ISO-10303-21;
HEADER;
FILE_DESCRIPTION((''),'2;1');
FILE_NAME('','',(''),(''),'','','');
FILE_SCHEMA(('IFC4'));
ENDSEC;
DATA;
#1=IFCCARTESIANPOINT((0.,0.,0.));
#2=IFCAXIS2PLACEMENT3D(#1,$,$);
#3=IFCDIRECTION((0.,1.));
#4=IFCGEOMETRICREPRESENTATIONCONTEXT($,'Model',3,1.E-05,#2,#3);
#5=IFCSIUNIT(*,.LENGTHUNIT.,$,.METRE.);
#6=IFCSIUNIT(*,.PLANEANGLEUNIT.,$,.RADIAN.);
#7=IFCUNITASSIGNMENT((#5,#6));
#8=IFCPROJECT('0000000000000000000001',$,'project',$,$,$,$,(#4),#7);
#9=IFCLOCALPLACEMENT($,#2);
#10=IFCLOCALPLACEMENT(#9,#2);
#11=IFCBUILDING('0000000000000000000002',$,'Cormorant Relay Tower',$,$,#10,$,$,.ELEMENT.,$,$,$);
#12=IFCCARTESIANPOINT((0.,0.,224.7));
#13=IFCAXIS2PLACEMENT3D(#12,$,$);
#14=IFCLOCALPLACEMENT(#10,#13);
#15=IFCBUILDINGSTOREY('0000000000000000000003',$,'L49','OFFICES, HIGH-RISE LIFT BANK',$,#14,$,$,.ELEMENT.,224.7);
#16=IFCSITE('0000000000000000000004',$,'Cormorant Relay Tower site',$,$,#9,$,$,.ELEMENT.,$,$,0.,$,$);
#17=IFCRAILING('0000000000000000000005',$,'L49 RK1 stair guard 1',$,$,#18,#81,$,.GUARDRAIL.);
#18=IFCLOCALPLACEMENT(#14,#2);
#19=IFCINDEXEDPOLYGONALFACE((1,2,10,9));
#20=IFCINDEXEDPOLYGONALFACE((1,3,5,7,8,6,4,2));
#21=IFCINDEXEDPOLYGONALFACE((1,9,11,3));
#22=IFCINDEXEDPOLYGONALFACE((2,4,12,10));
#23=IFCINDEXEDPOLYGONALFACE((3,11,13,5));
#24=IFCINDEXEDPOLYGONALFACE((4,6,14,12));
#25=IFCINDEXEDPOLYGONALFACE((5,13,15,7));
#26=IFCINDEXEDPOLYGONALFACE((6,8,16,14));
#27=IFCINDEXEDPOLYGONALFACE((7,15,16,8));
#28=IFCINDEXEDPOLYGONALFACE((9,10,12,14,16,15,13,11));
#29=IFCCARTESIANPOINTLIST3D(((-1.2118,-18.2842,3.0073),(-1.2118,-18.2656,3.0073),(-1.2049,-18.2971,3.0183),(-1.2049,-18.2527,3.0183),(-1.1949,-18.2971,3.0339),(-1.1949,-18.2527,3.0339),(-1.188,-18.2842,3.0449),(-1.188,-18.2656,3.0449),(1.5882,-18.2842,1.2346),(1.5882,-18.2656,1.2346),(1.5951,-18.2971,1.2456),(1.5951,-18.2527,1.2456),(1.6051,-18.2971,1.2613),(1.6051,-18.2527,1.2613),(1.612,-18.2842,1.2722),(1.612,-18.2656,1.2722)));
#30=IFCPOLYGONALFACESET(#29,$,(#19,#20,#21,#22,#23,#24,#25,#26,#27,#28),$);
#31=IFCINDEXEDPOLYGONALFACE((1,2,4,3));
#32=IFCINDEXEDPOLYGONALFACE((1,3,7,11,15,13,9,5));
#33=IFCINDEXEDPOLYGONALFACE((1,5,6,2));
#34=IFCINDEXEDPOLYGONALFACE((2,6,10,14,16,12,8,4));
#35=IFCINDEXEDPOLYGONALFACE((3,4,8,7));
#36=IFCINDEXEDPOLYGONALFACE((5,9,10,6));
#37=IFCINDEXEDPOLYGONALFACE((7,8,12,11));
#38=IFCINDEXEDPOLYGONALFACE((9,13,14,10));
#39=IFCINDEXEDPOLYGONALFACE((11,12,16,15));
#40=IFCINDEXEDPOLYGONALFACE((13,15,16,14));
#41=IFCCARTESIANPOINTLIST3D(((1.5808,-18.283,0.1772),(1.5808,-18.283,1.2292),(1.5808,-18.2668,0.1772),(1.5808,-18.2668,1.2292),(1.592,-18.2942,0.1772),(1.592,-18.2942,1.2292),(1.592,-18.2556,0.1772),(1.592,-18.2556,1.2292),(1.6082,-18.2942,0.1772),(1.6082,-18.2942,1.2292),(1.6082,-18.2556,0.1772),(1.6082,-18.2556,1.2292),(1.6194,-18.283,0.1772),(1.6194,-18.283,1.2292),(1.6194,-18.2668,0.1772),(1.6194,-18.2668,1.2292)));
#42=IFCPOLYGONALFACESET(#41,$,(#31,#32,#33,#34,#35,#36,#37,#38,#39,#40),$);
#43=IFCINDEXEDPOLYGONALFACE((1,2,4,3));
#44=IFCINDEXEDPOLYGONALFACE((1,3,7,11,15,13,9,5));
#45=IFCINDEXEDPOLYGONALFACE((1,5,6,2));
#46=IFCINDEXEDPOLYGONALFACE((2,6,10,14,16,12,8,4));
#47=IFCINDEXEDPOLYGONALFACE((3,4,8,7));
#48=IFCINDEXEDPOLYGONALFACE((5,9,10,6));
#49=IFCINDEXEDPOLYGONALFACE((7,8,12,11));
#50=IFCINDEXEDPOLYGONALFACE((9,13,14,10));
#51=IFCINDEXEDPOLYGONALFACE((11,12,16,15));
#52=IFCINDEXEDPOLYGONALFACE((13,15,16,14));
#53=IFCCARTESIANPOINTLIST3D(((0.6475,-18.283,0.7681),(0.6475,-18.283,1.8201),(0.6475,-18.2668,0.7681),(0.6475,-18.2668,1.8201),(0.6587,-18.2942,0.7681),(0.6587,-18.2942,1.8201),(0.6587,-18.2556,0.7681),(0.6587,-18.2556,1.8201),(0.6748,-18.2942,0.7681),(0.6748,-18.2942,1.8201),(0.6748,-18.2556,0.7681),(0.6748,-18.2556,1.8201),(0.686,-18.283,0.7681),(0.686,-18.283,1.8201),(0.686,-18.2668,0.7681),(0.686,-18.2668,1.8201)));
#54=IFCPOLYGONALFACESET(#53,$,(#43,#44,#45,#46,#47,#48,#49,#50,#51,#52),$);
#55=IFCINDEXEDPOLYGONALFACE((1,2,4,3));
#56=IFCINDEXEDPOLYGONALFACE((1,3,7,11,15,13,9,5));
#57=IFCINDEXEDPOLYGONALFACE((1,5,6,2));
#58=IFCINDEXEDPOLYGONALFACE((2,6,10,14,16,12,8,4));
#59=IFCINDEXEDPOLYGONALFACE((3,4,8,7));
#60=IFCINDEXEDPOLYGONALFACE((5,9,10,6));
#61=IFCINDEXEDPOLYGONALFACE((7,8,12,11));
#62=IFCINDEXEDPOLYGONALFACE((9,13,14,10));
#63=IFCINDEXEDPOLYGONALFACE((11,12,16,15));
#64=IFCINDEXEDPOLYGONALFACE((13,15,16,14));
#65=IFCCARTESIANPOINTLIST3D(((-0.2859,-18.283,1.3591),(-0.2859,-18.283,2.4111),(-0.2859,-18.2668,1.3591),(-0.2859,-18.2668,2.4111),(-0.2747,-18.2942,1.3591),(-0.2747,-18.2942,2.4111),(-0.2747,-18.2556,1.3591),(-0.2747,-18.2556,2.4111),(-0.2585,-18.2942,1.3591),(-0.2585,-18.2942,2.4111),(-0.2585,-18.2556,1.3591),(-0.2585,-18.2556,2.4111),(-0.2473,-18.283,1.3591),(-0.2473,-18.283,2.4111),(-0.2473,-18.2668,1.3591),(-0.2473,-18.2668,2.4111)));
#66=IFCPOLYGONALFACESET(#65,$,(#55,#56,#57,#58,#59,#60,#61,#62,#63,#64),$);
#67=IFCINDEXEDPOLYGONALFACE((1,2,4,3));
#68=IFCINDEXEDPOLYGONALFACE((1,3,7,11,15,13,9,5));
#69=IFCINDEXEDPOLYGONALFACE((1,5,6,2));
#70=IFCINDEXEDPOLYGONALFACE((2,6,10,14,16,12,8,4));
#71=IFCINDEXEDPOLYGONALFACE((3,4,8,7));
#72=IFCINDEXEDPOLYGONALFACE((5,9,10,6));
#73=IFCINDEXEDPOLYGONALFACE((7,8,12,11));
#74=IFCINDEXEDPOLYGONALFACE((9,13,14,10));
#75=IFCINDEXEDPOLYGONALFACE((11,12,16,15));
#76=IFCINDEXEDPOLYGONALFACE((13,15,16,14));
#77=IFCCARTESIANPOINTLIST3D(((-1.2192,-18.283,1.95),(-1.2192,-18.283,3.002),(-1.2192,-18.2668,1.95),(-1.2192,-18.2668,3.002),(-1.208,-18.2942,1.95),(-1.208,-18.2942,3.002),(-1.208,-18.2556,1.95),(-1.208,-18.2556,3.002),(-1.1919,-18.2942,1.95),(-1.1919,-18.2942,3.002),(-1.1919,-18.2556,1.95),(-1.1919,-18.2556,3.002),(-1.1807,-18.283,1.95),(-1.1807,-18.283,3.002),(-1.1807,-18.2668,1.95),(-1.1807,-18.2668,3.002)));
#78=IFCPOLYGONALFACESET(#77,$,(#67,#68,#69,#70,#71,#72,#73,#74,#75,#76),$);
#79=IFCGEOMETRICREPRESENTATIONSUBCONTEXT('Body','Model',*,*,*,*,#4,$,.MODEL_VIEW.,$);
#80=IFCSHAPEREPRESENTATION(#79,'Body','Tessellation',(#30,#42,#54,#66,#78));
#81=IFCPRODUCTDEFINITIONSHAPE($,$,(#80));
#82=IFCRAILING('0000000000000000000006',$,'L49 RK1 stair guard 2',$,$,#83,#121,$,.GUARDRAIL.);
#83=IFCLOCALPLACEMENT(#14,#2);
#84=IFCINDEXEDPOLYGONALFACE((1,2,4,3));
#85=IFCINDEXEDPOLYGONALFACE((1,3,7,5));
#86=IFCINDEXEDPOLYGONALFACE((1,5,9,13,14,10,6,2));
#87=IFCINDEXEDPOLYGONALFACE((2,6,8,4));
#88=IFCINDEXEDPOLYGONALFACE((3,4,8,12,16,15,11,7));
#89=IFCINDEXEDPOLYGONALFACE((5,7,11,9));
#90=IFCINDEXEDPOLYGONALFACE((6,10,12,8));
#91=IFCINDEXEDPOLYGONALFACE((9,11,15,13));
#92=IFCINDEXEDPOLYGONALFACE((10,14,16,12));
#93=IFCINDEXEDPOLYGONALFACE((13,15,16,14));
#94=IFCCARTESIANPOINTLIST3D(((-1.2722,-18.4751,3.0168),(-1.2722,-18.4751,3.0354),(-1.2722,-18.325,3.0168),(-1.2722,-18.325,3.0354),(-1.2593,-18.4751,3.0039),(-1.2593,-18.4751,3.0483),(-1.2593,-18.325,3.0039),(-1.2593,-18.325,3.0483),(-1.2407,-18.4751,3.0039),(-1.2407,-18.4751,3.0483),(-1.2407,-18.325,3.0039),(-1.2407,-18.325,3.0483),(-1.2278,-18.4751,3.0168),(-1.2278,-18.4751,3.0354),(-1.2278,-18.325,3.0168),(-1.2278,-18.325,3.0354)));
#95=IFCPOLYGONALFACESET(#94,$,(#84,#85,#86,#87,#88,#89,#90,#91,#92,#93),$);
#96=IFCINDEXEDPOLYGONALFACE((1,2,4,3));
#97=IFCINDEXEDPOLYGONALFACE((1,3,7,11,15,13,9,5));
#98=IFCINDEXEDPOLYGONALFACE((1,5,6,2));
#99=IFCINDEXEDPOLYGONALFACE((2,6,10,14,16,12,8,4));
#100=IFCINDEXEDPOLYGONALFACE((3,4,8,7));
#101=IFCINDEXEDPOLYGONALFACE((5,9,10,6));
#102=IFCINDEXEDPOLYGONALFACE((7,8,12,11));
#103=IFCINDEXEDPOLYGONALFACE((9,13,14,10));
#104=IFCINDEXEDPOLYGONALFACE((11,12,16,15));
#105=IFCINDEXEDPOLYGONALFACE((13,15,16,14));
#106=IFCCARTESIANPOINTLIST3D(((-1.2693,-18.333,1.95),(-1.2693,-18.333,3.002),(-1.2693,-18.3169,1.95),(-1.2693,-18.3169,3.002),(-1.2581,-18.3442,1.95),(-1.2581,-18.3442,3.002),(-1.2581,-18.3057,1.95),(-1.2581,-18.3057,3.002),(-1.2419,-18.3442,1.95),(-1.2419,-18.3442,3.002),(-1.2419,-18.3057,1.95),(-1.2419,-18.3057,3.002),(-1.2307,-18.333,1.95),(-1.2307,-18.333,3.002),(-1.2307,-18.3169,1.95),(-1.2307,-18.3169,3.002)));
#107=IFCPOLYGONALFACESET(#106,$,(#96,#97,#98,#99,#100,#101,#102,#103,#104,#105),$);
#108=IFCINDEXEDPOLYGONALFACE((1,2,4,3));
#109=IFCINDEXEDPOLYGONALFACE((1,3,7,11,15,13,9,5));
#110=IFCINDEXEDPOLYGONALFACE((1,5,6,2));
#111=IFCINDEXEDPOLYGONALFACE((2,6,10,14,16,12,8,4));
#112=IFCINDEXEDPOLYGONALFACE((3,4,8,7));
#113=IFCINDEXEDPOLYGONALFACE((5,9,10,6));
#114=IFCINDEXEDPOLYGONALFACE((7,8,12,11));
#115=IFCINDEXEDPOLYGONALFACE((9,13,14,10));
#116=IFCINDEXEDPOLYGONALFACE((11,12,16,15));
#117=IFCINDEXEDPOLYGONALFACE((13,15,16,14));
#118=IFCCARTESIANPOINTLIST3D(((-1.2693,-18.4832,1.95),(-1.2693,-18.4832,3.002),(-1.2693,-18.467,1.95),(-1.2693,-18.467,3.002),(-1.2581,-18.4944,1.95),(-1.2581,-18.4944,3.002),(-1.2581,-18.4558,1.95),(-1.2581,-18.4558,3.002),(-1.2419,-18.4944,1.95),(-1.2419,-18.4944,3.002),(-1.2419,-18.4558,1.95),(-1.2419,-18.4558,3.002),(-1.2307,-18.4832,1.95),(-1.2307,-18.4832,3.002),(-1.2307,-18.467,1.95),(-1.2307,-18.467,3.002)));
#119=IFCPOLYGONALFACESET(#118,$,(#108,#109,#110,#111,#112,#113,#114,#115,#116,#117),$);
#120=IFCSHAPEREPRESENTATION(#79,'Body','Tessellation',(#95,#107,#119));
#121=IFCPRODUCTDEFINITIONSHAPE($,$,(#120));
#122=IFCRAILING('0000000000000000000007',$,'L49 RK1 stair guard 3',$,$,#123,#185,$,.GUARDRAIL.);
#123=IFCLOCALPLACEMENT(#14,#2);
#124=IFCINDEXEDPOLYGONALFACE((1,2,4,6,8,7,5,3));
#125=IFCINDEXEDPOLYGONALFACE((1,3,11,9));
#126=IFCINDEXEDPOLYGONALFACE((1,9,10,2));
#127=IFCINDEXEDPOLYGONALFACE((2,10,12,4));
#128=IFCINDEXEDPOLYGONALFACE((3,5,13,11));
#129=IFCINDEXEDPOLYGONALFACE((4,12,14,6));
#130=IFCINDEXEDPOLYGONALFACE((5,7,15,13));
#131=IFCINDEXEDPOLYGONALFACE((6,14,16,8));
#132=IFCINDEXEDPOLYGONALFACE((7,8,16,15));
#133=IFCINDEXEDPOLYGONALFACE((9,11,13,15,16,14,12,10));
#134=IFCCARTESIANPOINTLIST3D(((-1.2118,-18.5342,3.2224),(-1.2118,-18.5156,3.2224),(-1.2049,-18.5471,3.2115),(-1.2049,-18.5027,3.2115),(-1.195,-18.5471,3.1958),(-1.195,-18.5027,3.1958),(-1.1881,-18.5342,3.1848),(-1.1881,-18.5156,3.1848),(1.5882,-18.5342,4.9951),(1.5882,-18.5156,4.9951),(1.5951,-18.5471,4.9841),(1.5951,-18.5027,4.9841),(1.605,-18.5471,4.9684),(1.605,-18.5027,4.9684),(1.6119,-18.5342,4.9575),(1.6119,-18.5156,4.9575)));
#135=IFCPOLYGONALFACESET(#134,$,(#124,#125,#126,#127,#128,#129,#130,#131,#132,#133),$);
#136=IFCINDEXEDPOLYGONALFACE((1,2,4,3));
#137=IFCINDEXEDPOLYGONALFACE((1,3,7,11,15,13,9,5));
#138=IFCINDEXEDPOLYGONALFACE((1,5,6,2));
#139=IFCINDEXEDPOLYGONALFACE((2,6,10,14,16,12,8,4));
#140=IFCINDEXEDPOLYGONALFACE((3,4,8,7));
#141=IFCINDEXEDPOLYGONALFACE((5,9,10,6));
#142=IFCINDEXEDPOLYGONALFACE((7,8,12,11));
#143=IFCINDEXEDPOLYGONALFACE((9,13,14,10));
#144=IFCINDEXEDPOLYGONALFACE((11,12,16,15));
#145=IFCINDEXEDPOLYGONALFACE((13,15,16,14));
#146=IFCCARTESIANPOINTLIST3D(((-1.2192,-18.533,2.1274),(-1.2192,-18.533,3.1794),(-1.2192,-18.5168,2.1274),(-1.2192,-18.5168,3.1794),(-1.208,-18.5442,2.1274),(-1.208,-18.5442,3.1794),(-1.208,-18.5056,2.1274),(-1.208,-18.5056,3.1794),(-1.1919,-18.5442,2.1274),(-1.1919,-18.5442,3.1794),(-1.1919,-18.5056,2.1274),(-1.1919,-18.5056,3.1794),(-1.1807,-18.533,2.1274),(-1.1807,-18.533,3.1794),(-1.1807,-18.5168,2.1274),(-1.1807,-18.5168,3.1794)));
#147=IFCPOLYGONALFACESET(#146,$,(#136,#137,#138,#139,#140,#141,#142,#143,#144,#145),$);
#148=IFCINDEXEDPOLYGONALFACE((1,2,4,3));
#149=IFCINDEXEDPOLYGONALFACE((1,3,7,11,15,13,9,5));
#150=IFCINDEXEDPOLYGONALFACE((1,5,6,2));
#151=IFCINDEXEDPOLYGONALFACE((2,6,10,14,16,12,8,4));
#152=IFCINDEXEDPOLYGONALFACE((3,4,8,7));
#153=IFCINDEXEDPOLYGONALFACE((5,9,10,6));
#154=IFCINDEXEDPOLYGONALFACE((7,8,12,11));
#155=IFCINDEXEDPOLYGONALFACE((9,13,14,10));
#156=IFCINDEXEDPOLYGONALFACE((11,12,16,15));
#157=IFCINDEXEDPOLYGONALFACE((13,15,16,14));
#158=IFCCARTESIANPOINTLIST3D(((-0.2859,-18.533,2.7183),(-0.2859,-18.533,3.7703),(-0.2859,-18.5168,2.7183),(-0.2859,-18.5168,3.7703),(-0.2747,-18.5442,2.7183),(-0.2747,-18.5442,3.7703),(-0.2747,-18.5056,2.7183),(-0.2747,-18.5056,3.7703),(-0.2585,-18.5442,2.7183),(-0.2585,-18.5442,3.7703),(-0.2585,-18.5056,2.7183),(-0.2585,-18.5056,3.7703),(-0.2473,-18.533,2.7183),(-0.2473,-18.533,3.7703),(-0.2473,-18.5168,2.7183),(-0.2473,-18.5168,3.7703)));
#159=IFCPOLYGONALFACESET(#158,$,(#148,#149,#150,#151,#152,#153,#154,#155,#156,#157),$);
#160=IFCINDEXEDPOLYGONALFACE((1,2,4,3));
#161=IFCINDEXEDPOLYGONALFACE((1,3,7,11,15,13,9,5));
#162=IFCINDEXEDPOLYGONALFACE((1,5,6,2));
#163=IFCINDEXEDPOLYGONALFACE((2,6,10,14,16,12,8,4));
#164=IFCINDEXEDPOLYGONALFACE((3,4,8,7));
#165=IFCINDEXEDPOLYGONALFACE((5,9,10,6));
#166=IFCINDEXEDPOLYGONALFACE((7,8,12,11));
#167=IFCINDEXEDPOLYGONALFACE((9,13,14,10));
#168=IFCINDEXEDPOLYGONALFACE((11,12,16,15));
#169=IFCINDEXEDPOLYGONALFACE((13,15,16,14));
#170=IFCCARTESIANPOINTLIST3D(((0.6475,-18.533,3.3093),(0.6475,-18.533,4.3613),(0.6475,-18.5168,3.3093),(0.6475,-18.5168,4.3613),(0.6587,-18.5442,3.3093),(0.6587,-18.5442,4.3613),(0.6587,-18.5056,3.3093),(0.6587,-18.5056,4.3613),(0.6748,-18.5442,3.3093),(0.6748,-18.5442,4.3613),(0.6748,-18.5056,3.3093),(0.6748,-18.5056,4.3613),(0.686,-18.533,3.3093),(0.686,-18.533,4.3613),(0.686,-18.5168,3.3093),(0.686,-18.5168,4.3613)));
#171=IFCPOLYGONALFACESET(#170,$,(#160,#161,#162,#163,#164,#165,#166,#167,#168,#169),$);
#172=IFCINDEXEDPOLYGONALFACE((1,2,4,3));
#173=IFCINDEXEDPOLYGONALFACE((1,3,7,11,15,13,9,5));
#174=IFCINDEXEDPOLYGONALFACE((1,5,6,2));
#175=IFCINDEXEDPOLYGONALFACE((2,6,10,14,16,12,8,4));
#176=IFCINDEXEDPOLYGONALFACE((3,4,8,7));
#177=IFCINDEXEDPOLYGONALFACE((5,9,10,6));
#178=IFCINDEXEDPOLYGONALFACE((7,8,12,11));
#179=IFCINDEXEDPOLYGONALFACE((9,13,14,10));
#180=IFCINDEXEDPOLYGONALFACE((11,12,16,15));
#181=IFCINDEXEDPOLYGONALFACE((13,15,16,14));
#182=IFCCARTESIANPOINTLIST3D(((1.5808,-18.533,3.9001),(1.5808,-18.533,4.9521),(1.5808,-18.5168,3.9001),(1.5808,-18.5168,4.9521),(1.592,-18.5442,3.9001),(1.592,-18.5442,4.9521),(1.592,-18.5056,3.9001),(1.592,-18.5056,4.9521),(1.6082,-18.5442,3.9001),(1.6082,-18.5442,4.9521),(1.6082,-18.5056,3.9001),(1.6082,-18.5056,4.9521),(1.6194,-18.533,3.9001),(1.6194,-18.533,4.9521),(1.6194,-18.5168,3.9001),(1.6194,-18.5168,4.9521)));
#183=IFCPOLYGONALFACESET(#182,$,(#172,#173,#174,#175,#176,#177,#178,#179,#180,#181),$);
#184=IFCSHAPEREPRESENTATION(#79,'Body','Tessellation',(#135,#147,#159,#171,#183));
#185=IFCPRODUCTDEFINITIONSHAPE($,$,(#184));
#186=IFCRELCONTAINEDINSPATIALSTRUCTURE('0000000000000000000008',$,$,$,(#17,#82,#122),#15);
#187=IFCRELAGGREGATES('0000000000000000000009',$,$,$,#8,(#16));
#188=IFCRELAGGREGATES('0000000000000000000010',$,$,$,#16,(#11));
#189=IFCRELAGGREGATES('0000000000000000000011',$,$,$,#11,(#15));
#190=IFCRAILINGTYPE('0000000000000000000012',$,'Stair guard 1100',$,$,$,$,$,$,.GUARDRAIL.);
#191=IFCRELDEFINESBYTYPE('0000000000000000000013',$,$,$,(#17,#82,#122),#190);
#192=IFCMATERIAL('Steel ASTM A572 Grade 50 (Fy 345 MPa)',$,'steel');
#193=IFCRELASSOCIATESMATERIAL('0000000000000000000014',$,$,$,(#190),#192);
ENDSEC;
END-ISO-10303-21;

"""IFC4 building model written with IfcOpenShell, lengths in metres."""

from ifc_helpers import new_model, si_unit, direction, frame, origin, place, context, subcontext, project, spatial, polyline, outline, extrude, material, type_object, element, save


model = new_model("IFC4")

# Units and contexts
model_context = context("Model", 3, precision=1e-05, world=origin(), true_north=direction((0.0, 1.0)))
body_context = subcontext(model_context, "Body", "Model", "MODEL_VIEW")
ifc_project = project(units=[si_unit("LENGTHUNIT", "METRE"), si_unit("PLANEANGLEUNIT", "RADIAN")], contexts=[model_context])

# Site, building, storey
site_placement = place(None, origin())
site = spatial("IfcSite", under=ifc_project, at=site_placement, Name="Cormorant Relay Tower site", CompositionType="ELEMENT", RefElevation=0.0)
building_placement = place(site_placement, origin())
building = spatial("IfcBuilding", under=site, at=building_placement, Name="Cormorant Relay Tower", CompositionType="ELEMENT")
storey_placement = place(building_placement, frame((0.0, 0.0, 224.7)))
storey = spatial("IfcBuildingStorey", under=building, at=storey_placement, Name="L49", Description="OFFICES, HIGH-RISE LIFT BANK", CompositionType="ELEMENT", Elevation=224.7)

# Railings
ifc_material_1 = material(Name="Steel ASTM A572 Grade 50 (Fy 345 MPa)", Category="steel")
railing_type_1 = type_object("IfcRailingType", Name="Stair guard 1100", PredefinedType="GUARDRAIL", material=ifc_material_1)
railing_1_placement = place(storey_placement, frame((1.6001, -18.2749, 0.1772)))
element("IfcRailing", 1, at=railing_1_placement, inside=storey, type_object=railing_type_1, Name="L49 RK1 stair guard 1", PredefinedType="GUARDRAIL", context=body_context, shape_type="SweptSolid", body=[
    extrude(outline(polyline([(0.0222, 0.0093), (0.0093, 0.0222), (-0.0093, 0.0222), (-0.0222, 0.0093), (-0.0222, -0.0093), (-0.0093, -0.0222), (0.0093, -0.0222), (0.0222, -0.0093), (0.0222, 0.0093)])), frame((0.0, 0.0, 1.0762), z_axis=(-0.844909, 0.0, 0.53491), x_axis=(0.0, -1.0, 0.0)), (0.0, 0.0, 1.0), 3.314),
    extrude(outline(polyline([(0.0193, 0.0081), (0.0081, 0.0193), (-0.0081, 0.0193), (-0.0193, 0.0081), (-0.0193, -0.0081), (-0.0081, -0.0193), (0.0081, -0.0193), (0.0193, -0.0081), (0.0193, 0.0081)])), origin(), (0.0, 0.0, 1.0), 1.052),
    extrude(outline(polyline([(0.0193, 0.0081), (0.0081, 0.0193), (-0.0081, 0.0193), (-0.0193, 0.0081), (-0.0193, -0.0081), (-0.0081, -0.0193), (0.0081, -0.0193), (0.0193, -0.0081), (0.0193, 0.0081)])), frame((-0.9333, 0.0, 0.5908)), (0.0, 0.0, 1.0), 1.052),
    extrude(outline(polyline([(0.0193, 0.0081), (0.0081, 0.0193), (-0.0081, 0.0193), (-0.0193, 0.0081), (-0.0193, -0.0081), (-0.0081, -0.0193), (0.0081, -0.0193), (0.0193, -0.0081), (0.0193, 0.0081)])), frame((-1.8667, 0.0, 1.1819)), (0.0, 0.0, 1.0), 1.052),
    extrude(outline(polyline([(0.0193, 0.0081), (0.0081, 0.0193), (-0.0081, 0.0193), (-0.0193, 0.0081), (-0.0193, -0.0081), (-0.0081, -0.0193), (0.0081, -0.0193), (0.0193, -0.0081), (0.0193, 0.0081)])), frame((-2.8, 0.0, 1.7727)), (0.0, 0.0, 1.0), 1.052),
])
railing_2_placement = place(storey_placement, frame((-1.25, -18.325, 1.95)))
element("IfcRailing", 2, at=railing_2_placement, inside=storey, type_object=railing_type_1, Name="L49 RK1 stair guard 2", PredefinedType="GUARDRAIL", context=body_context, shape_type="SweptSolid", body=[
    extrude(outline(polyline([(0.0222, 0.0093), (0.0093, 0.0222), (-0.0093, 0.0222), (-0.0222, 0.0093), (-0.0222, -0.0093), (-0.0093, -0.0222), (0.0093, -0.0222), (0.0222, -0.0093), (0.0222, 0.0093)])), frame((0.0, 0.0, 1.0762), z_axis=(0.0, -1.0, 0.0), x_axis=(1.0, 0.0, 0.0)), (0.0, 0.0, 1.0), 0.1501),
    extrude(outline(polyline([(0.0193, 0.0081), (0.0081, 0.0193), (-0.0081, 0.0193), (-0.0193, 0.0081), (-0.0193, -0.0081), (-0.0081, -0.0193), (0.0081, -0.0193), (0.0193, -0.0081), (0.0193, 0.0081)])), origin(), (0.0, 0.0, 1.0), 1.052),
    extrude(outline(polyline([(0.0193, 0.0081), (0.0081, 0.0193), (-0.0081, 0.0193), (-0.0193, 0.0081), (-0.0193, -0.0081), (-0.0081, -0.0193), (0.0081, -0.0193), (0.0193, -0.0081), (0.0193, 0.0081)])), frame((0.0, -0.1501, 0.0)), (0.0, 0.0, 1.0), 1.052),
])
railing_3_placement = place(storey_placement, frame((-1.2, -18.5249, 2.1274)))
element("IfcRailing", 3, at=railing_3_placement, inside=storey, type_object=railing_type_1, Name="L49 RK1 stair guard 3", PredefinedType="GUARDRAIL", context=body_context, shape_type="SweptSolid", body=[
    extrude(outline(polyline([(0.0222, 0.0093), (0.0093, 0.0222), (-0.0093, 0.0222), (-0.0222, 0.0093), (-0.0222, -0.0093), (-0.0093, -0.0222), (0.0093, -0.0222), (0.0222, -0.0093), (0.0222, 0.0093)])), frame((0.0, 0.0, 1.0762), z_axis=(0.844909, 0.0, 0.53491), x_axis=(0.0, 1.0, 0.0)), (0.0, 0.0, 1.0), 3.314),
    extrude(outline(polyline([(0.0193, 0.0081), (0.0081, 0.0193), (-0.0081, 0.0193), (-0.0193, 0.0081), (-0.0193, -0.0081), (-0.0081, -0.0193), (0.0081, -0.0193), (0.0193, -0.0081), (0.0193, 0.0081)])), origin(), (0.0, 0.0, 1.0), 1.052),
    extrude(outline(polyline([(0.0193, 0.0081), (0.0081, 0.0193), (-0.0081, 0.0193), (-0.0193, 0.0081), (-0.0193, -0.0081), (-0.0081, -0.0193), (0.0081, -0.0193), (0.0193, -0.0081), (0.0193, 0.0081)])), frame((0.9333, 0.0, 0.5908)), (0.0, 0.0, 1.0), 1.052),
    extrude(outline(polyline([(0.0193, 0.0081), (0.0081, 0.0193), (-0.0081, 0.0193), (-0.0193, 0.0081), (-0.0193, -0.0081), (-0.0081, -0.0193), (0.0081, -0.0193), (0.0193, -0.0081), (0.0193, 0.0081)])), frame((1.8667, 0.0, 1.1819)), (0.0, 0.0, 1.0), 1.052),
    extrude(outline(polyline([(0.0193, 0.0081), (0.0081, 0.0193), (-0.0081, 0.0193), (-0.0193, 0.0081), (-0.0193, -0.0081), (-0.0081, -0.0193), (0.0081, -0.0193), (0.0193, -0.0081), (0.0193, 0.0081)])), frame((2.8, 0.0, 1.7727)), (0.0, 0.0, 1.0), 1.052),
])

save(model, "model.ifc")
